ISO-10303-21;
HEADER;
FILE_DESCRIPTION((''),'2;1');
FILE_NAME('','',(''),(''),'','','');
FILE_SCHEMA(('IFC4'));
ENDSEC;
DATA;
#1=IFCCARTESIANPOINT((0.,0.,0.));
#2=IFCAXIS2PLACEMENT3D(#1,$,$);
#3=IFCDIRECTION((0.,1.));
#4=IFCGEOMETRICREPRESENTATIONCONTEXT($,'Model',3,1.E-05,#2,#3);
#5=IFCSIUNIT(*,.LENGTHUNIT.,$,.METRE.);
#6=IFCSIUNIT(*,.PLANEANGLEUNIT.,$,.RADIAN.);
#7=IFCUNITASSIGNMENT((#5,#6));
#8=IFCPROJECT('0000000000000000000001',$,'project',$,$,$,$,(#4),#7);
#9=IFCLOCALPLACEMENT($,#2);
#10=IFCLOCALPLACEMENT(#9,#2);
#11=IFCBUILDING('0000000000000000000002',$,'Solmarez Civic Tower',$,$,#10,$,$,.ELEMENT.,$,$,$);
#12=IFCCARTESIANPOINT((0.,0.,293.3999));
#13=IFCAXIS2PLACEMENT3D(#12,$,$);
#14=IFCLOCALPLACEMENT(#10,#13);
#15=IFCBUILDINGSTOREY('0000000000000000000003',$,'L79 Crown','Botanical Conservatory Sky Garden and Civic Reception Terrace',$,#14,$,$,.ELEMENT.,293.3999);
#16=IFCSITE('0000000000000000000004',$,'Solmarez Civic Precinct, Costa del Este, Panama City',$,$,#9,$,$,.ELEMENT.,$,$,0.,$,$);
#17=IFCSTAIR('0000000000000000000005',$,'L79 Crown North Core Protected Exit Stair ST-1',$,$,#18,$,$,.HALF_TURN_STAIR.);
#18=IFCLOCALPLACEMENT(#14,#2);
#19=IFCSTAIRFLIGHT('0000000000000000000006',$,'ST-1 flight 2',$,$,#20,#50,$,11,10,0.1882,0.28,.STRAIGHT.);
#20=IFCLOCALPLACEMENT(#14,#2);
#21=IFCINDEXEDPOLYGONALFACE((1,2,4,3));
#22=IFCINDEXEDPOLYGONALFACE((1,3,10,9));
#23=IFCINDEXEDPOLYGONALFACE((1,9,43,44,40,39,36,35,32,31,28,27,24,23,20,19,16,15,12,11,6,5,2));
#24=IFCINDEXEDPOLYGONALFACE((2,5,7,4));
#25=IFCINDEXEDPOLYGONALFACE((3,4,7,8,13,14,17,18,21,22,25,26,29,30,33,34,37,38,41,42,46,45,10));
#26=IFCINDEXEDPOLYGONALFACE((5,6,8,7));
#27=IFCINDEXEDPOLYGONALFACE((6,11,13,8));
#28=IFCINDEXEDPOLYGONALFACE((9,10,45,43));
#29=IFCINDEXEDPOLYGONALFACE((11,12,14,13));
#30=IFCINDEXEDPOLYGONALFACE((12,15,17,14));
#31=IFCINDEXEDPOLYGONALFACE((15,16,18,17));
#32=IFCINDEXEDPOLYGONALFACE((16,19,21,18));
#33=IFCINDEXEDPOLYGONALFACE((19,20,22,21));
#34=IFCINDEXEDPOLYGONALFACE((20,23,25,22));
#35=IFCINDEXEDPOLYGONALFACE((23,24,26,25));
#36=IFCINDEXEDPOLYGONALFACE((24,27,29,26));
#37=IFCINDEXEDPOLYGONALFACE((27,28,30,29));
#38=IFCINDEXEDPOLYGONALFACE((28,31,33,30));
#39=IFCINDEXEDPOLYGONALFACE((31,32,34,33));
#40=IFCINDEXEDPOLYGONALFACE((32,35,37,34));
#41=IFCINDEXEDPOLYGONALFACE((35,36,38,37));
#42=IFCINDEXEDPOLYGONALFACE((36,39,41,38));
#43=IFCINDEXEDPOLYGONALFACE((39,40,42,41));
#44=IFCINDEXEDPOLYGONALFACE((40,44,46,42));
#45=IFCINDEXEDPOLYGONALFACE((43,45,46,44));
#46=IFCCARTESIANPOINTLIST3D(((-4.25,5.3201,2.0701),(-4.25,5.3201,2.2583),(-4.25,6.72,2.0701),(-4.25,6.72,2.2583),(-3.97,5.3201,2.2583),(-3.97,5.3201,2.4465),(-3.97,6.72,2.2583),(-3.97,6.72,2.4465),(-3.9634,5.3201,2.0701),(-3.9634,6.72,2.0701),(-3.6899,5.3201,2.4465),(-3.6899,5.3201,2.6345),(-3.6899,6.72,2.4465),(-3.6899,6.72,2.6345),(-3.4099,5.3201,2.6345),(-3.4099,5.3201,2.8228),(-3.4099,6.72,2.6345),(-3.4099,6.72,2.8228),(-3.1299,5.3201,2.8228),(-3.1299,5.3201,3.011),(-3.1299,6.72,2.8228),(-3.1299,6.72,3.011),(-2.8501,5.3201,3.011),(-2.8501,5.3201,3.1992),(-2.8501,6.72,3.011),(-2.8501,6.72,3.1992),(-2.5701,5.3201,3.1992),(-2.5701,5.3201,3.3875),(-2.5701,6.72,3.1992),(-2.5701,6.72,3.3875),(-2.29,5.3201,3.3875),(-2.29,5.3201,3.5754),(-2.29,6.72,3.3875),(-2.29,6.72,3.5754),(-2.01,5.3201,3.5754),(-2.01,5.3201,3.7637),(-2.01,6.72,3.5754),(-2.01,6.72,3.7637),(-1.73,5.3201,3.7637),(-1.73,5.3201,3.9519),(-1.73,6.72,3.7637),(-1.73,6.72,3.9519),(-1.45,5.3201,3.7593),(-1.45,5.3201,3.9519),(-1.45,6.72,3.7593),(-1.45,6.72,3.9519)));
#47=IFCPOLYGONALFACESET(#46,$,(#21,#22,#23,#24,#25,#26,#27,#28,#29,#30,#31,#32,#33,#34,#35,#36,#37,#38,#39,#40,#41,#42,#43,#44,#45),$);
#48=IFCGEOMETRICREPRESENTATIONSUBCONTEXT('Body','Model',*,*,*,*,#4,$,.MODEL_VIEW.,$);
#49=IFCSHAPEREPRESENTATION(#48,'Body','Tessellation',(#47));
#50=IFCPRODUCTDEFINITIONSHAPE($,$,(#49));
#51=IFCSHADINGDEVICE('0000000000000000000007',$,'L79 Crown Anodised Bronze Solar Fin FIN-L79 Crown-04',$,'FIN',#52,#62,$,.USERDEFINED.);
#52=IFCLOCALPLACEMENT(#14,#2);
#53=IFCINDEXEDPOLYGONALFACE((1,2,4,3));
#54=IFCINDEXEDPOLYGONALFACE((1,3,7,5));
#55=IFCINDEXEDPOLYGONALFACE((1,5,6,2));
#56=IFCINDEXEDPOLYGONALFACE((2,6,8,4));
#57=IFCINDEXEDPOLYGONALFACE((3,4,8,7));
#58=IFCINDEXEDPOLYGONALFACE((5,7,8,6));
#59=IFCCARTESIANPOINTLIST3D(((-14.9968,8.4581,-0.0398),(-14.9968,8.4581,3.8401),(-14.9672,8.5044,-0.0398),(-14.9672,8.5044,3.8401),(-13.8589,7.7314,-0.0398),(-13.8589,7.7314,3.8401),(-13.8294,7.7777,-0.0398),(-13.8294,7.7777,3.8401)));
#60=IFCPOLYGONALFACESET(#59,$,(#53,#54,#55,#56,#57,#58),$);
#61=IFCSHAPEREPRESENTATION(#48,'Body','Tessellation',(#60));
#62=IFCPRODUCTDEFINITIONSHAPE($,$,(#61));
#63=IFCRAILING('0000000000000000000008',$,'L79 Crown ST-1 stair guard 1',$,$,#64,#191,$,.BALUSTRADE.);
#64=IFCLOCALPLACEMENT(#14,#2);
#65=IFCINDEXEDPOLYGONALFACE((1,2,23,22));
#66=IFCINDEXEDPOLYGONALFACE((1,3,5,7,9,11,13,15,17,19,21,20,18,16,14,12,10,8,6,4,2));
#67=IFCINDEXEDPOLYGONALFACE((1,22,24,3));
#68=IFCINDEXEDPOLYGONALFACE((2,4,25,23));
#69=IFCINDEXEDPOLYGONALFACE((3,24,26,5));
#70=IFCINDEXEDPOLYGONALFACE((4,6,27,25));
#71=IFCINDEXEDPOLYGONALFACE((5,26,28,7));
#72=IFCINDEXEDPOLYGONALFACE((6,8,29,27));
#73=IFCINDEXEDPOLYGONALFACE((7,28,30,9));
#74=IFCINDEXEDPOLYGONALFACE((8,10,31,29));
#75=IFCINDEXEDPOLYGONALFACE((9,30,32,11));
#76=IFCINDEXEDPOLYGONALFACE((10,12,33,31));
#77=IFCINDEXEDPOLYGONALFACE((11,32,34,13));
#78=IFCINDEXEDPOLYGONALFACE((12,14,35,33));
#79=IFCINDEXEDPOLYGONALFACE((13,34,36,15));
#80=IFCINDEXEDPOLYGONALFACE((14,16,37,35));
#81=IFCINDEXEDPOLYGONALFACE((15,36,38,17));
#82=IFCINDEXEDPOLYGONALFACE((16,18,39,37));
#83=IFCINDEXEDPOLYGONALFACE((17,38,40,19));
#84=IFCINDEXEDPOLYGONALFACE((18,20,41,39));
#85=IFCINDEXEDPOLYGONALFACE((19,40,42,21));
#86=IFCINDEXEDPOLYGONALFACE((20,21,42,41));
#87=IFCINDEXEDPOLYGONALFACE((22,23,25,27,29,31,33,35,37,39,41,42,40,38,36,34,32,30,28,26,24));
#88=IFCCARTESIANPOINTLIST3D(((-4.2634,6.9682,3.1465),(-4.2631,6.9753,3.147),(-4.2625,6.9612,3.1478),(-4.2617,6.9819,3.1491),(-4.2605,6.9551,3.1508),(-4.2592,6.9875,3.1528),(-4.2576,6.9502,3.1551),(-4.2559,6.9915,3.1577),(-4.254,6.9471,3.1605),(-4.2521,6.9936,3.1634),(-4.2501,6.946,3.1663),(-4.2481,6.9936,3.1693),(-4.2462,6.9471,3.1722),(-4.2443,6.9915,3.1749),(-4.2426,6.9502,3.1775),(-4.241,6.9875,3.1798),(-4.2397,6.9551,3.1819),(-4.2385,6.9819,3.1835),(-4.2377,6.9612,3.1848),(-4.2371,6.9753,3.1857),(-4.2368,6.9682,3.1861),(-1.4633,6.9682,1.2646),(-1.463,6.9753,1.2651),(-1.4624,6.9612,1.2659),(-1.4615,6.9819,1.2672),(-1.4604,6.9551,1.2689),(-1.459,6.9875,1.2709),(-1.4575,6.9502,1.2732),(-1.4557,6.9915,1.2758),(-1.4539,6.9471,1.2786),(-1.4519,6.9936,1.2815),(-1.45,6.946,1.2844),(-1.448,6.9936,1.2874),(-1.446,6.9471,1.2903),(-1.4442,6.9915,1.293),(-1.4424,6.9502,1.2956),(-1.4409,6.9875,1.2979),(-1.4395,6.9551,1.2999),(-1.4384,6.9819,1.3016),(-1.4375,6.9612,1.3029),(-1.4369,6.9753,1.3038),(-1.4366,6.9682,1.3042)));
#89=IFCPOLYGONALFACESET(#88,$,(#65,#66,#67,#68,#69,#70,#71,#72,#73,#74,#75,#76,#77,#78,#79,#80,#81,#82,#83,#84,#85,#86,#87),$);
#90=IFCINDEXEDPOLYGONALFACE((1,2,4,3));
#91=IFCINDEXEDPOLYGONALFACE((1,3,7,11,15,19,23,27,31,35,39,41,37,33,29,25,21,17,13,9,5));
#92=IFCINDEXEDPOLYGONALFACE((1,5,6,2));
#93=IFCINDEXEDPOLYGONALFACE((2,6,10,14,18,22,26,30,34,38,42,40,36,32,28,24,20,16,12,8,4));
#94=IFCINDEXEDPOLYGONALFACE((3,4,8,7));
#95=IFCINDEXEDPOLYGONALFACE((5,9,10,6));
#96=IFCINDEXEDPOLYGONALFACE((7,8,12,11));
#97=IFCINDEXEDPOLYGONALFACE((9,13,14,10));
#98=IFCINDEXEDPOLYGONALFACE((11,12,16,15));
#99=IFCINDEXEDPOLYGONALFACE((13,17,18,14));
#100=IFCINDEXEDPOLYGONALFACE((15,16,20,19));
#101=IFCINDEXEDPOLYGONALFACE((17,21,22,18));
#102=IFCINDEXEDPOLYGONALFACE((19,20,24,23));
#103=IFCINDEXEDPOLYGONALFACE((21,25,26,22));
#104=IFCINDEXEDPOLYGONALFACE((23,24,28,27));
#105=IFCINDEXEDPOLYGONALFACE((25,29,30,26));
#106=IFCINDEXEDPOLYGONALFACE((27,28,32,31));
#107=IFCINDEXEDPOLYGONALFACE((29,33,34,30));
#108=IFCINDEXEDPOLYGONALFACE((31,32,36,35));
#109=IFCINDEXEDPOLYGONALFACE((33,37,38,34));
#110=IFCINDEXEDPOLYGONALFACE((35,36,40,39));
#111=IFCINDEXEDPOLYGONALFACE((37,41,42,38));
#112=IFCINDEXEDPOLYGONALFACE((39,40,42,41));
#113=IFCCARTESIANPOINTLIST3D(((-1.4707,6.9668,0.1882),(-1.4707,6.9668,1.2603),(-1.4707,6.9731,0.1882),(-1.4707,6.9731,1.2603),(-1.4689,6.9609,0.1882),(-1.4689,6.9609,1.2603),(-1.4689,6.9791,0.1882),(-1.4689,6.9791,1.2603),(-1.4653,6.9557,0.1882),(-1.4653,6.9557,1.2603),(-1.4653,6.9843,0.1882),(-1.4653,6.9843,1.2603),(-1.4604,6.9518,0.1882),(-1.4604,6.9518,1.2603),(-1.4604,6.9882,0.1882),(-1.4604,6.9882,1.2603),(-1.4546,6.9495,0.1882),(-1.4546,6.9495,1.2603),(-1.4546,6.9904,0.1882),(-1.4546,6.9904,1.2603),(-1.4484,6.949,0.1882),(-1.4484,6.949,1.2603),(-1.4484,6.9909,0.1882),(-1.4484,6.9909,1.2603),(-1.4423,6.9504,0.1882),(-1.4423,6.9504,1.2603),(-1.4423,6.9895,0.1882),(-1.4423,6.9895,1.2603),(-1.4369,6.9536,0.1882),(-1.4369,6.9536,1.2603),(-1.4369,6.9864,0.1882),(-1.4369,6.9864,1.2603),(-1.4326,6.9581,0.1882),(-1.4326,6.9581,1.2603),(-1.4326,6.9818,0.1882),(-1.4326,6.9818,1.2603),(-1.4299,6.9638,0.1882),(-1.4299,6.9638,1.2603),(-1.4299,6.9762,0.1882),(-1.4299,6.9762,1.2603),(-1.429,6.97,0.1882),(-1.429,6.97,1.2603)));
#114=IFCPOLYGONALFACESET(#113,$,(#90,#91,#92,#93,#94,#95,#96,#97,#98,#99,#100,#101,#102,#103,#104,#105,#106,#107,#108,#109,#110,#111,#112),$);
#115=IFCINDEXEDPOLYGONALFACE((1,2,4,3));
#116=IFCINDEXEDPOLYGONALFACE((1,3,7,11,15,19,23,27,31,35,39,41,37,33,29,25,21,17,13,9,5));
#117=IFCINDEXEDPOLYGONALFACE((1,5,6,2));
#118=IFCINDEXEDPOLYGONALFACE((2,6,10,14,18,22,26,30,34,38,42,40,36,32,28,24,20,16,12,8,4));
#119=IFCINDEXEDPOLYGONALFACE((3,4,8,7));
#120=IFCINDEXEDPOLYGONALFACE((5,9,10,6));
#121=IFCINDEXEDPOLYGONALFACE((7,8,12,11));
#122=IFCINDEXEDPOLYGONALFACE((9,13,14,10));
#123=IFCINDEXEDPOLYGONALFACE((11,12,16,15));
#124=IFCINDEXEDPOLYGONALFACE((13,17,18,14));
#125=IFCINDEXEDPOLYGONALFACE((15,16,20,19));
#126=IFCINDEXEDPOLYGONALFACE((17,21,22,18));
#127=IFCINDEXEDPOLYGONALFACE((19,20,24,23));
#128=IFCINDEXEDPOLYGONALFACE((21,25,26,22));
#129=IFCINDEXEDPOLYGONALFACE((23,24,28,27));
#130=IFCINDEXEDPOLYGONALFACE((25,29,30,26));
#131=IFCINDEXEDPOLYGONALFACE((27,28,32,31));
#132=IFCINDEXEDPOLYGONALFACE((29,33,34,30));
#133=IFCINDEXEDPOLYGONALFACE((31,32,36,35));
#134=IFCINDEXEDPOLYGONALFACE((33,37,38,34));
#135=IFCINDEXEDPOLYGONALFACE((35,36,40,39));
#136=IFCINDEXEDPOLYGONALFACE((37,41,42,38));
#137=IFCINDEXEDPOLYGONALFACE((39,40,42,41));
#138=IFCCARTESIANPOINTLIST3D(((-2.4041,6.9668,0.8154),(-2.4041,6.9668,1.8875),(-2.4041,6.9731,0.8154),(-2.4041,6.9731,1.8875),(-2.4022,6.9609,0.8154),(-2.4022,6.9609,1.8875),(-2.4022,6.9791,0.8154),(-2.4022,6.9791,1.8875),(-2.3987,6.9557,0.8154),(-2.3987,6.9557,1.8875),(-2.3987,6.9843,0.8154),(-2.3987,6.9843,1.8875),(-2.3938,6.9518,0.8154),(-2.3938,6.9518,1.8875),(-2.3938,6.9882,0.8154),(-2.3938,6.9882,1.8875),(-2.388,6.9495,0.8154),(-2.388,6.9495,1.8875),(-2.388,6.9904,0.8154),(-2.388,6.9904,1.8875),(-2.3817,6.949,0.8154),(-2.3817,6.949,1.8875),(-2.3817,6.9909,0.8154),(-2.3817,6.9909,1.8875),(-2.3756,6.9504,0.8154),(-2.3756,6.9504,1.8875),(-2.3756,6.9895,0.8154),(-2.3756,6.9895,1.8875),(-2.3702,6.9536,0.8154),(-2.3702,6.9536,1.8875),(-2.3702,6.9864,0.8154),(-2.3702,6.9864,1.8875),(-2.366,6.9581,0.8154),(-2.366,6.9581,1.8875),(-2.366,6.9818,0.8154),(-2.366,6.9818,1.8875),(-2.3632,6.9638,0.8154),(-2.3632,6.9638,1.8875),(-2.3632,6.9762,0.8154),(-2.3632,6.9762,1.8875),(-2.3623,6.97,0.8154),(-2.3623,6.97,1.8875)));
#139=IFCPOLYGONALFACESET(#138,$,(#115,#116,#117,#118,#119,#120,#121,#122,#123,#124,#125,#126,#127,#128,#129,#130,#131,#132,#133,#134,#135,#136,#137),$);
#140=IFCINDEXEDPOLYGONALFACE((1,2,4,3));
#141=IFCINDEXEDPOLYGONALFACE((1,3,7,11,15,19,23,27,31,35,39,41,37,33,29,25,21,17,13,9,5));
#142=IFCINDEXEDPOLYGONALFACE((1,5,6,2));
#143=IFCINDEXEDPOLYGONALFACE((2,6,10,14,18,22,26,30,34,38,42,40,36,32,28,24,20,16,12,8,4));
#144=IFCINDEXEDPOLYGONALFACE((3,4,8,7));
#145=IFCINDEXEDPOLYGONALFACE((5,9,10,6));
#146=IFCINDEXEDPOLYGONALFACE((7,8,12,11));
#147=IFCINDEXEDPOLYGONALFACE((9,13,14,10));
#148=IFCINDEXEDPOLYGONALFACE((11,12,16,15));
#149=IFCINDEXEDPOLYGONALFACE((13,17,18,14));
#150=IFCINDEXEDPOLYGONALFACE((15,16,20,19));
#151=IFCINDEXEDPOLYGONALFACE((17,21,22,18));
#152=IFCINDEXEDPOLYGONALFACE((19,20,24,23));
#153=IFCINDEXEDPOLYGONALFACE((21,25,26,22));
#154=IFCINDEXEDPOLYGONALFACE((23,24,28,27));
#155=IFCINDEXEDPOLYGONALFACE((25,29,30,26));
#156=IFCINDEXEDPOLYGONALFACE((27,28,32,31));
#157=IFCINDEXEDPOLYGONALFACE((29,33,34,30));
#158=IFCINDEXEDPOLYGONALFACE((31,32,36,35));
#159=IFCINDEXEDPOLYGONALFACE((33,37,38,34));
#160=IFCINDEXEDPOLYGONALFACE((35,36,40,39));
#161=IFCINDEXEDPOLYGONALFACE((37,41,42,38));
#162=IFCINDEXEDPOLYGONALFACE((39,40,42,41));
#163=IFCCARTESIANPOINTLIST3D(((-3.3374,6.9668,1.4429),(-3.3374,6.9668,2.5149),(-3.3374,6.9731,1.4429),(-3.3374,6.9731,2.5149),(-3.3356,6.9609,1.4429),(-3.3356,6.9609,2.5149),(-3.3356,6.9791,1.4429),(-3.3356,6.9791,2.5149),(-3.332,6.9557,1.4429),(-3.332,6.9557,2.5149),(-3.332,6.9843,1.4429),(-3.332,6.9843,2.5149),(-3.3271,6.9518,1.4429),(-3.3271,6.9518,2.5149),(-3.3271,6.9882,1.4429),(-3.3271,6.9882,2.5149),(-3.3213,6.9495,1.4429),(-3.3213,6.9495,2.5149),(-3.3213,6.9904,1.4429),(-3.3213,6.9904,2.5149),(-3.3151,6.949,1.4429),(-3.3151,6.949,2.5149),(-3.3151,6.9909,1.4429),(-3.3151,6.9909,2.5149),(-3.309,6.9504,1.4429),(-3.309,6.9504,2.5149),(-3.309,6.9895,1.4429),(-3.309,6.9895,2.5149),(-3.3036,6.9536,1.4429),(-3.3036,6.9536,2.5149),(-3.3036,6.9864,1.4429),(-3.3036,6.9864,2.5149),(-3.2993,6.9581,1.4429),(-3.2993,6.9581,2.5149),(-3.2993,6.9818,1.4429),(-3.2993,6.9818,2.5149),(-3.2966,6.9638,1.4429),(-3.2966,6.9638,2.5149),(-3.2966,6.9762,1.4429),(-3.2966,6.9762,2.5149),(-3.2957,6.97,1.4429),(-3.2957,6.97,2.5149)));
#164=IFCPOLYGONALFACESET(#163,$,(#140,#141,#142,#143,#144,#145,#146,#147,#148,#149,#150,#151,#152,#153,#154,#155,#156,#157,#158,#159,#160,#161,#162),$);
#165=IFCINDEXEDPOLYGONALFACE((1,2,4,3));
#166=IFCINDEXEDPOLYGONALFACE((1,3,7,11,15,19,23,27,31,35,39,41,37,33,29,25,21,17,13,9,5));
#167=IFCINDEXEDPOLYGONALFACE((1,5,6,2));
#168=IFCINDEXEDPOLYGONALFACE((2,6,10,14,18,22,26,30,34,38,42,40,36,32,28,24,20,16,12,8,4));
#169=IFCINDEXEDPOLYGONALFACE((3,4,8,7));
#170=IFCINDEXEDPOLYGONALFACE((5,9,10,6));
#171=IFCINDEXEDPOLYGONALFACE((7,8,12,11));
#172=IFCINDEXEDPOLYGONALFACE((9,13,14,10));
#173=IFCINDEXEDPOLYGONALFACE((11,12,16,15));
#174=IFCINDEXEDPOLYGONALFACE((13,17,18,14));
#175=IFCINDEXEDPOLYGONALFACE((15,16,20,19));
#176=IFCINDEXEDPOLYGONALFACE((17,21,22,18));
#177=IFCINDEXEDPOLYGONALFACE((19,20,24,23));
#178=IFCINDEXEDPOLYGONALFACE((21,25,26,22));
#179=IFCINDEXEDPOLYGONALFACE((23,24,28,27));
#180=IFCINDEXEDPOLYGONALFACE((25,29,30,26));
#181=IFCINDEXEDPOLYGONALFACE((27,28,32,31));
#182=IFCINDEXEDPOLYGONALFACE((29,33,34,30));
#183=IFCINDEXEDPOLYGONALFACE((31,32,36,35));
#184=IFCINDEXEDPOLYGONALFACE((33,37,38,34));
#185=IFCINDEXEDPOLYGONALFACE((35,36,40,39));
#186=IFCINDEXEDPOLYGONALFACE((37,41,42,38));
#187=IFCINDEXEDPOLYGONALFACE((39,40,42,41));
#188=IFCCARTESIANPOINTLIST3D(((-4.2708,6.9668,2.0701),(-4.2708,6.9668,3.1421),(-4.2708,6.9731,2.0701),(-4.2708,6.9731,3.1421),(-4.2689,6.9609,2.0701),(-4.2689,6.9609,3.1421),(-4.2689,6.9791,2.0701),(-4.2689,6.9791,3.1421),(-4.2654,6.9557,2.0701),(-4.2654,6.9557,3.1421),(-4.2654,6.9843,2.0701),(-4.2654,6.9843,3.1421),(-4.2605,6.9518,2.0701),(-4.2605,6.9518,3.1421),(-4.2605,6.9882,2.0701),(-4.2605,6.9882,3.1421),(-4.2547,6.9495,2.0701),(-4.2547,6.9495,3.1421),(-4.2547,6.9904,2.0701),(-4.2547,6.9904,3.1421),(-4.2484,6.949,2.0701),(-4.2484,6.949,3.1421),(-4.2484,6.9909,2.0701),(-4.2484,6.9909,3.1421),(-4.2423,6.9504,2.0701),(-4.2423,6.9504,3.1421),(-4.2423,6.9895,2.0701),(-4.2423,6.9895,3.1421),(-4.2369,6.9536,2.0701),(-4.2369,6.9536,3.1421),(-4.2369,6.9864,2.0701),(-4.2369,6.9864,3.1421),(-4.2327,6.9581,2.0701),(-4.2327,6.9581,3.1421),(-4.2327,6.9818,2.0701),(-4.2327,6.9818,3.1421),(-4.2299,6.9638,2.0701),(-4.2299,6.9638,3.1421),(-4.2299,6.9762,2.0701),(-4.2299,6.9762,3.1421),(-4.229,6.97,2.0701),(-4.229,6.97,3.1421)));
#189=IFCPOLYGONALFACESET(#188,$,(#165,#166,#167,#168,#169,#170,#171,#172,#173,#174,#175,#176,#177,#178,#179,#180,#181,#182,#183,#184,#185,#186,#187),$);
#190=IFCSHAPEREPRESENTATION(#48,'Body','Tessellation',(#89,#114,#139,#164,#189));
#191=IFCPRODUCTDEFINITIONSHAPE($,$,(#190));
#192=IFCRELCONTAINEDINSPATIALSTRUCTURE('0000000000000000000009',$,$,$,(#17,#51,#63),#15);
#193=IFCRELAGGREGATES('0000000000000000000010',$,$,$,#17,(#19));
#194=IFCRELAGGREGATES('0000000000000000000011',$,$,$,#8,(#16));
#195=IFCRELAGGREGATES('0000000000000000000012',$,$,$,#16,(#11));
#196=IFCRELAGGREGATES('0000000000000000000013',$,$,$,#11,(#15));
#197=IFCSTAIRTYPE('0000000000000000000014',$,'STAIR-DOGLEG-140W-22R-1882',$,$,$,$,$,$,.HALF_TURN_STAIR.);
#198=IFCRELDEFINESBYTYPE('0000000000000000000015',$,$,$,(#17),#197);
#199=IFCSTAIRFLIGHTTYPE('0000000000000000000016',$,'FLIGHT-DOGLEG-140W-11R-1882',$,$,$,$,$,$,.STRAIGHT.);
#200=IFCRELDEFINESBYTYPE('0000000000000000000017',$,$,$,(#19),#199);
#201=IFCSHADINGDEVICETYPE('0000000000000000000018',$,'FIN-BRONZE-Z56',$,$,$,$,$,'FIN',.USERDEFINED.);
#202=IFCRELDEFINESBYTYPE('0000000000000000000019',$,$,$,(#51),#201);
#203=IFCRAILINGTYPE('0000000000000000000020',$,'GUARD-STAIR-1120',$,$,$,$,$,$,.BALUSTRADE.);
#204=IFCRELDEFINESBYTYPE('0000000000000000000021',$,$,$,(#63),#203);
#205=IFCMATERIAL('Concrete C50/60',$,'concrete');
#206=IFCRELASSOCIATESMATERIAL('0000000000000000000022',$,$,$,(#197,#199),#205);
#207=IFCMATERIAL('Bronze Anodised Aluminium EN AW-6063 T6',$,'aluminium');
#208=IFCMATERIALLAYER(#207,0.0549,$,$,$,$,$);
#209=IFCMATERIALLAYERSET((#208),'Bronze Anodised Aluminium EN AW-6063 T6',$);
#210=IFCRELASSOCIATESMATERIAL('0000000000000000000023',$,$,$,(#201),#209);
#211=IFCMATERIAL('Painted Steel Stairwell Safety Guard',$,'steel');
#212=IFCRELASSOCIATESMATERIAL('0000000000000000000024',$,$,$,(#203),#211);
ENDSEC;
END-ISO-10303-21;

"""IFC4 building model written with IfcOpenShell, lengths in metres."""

from ifc_helpers import new_model, si_unit, direction, frame, origin, origin_2d, place, context, subcontext, project, spatial, polyline, rectangle, circle, outline, extrude, material, layer, layer_set, type_object, element, aggregate, save


model = new_model("IFC4")

# Units and contexts
model_context = context("Model", 3, precision=1e-05, world=origin(), true_north=direction((0.0, 1.0)))
body_context = subcontext(model_context, "Body", "Model", "MODEL_VIEW")
ifc_project = project(units=[si_unit("LENGTHUNIT", "METRE"), si_unit("PLANEANGLEUNIT", "RADIAN")], contexts=[model_context])

# Site, building, storey
site_placement = place(None, origin())
site = spatial("IfcSite", under=ifc_project, at=site_placement, Name="Solmarez Civic Precinct, Costa del Este, Panama City", CompositionType="ELEMENT", RefElevation=0.0)
building_placement = place(site_placement, origin())
building = spatial("IfcBuilding", under=site, at=building_placement, Name="Solmarez Civic Tower", CompositionType="ELEMENT")
storey_placement = place(building_placement, frame((0.0, 0.0, 293.3999)))
storey = spatial("IfcBuildingStorey", under=building, at=storey_placement, Name="L79 Crown", Description="Botanical Conservatory Sky Garden and Civic Reception Terrace", CompositionType="ELEMENT", Elevation=293.3999)

# Shared definitions
ifc_material_1 = material(Name="Concrete C50/60", Category="concrete")

# Stair, stair flight
stair_type = type_object("IfcStairType", Name="STAIR-DOGLEG-140W-22R-1882", PredefinedType="HALF_TURN_STAIR", material=ifc_material_1)
stair_placement = place(storey_placement, origin())
stair = element("IfcStair", 1, at=stair_placement, inside=storey, type_object=stair_type, Name="L79 Crown North Core Protected Exit Stair ST-1", PredefinedType="HALF_TURN_STAIR")
stair_flight_type = type_object("IfcStairFlightType", Name="FLIGHT-DOGLEG-140W-11R-1882", PredefinedType="STRAIGHT", material=ifc_material_1)
stair_flight_1_placement = place(storey_placement, frame((-4.25, 6.02, 2.0701), z_axis=(0.0, 0.0, 1.0), x_axis=(1.0, 0.0, 0.0)))
stair_flight_1 = element("IfcStairFlight", 2, at=stair_flight_1_placement, type_object=stair_flight_type, Name="ST-1 flight 2", NumberOfRisers=11, NumberOfTreads=10, PredefinedType="STRAIGHT", RiserHeight=0.1882, TreadLength=0.28, context=body_context, shape_type="SweptSolid", body=[
    extrude(outline(polyline([(0.0, 0.0), (0.0, 0.1882), (0.28, 0.1882), (0.28, 0.3765), (0.5601, 0.3765), (0.5601, 0.5645), (0.8401, 0.5645), (0.8401, 0.7527), (1.1201, 0.7527), (1.1201, 0.9409), (1.3999, 0.9409), (1.3999, 1.1292), (1.6799, 1.1292), (1.6799, 1.3174), (1.96, 1.3174), (1.96, 1.5054), (2.24, 1.5054), (2.24, 1.6936), (2.52, 1.6936), (2.52, 1.8818), (2.8, 1.8818), (2.8, 2.0701), (2.8, 1.6892), (0.2866, 0.0), (0.0, 0.0)])), frame((0.0, 0.7, 0.0), z_axis=(0.0, -1.0, 0.0), x_axis=(1.0, 0.0, 0.0)), (0.0, 0.0, 1.0), 1.3999),
])
aggregate(stair, [stair_flight_1])

# Shading device
ifc_material_2 = material(Name="Bronze Anodised Aluminium EN AW-6063 T6", Category="aluminium")
ifc_layer_1 = layer(ifc_material_2, 0.0549)
ifc_layer_set_1 = layer_set([ifc_layer_1], Name="Bronze Anodised Aluminium EN AW-6063 T6")
shading_device_type = type_object("IfcShadingDeviceType", Name="FIN-BRONZE-Z56", ElementType="FIN", PredefinedType="USERDEFINED", material=ifc_layer_set_1)
shading_device_placement = place(storey_placement, frame((-14.4131, 8.1179, -0.0398), z_axis=(0.0, 0.0, 1.0), x_axis=(-0.8428, 0.538227, 0.0)))
element("IfcShadingDevice", 3, at=shading_device_placement, inside=storey, type_object=shading_device_type, Name="L79 Crown Anodised Bronze Solar Fin FIN-L79 Crown-04", ObjectType="FIN", PredefinedType="USERDEFINED", context=body_context, shape_type="SweptSolid", body=[
    extrude(rectangle(XDim=1.3501, YDim=0.0549, at=origin_2d()), origin(), (0.0, 0.0, 1.0), 3.8799),
])

# Railing
ifc_material_3 = material(Name="Painted Steel Stairwell Safety Guard", Category="steel")
railing_type_1 = type_object("IfcRailingType", Name="GUARD-STAIR-1120", PredefinedType="BALUSTRADE", material=ifc_material_3)
railing_1_placement = place(storey_placement, frame((-1.45, 6.97, 0.1882)))
element("IfcRailing", 4, at=railing_1_placement, inside=storey, type_object=railing_type_1, Name="L79 Crown ST-1 stair guard 1", PredefinedType="BALUSTRADE", context=body_context, shape_type="SweptSolid", body=[
    extrude(circle(Radius=0.0239, at=origin_2d()), frame((0.0, 0.0, 1.0962), z_axis=(-0.829974, 0.0, 0.557803), x_axis=(0.0, -1.0, 0.0)), (0.0, 0.0, 1.0), 3.3738),
    extrude(circle(Radius=0.021, at=origin_2d()), origin(), (0.0, 0.0, 1.0), 1.072),
    extrude(circle(Radius=0.021, at=origin_2d()), frame((-0.9333, 0.0, 0.6272)), (0.0, 0.0, 1.0), 1.072),
    extrude(circle(Radius=0.021, at=origin_2d()), frame((-1.8667, 0.0, 1.2546)), (0.0, 0.0, 1.0), 1.072),
    extrude(circle(Radius=0.021, at=origin_2d()), frame((-2.8, 0.0, 1.8818)), (0.0, 0.0, 1.0), 1.072),
])

save(model, "model.ifc")
